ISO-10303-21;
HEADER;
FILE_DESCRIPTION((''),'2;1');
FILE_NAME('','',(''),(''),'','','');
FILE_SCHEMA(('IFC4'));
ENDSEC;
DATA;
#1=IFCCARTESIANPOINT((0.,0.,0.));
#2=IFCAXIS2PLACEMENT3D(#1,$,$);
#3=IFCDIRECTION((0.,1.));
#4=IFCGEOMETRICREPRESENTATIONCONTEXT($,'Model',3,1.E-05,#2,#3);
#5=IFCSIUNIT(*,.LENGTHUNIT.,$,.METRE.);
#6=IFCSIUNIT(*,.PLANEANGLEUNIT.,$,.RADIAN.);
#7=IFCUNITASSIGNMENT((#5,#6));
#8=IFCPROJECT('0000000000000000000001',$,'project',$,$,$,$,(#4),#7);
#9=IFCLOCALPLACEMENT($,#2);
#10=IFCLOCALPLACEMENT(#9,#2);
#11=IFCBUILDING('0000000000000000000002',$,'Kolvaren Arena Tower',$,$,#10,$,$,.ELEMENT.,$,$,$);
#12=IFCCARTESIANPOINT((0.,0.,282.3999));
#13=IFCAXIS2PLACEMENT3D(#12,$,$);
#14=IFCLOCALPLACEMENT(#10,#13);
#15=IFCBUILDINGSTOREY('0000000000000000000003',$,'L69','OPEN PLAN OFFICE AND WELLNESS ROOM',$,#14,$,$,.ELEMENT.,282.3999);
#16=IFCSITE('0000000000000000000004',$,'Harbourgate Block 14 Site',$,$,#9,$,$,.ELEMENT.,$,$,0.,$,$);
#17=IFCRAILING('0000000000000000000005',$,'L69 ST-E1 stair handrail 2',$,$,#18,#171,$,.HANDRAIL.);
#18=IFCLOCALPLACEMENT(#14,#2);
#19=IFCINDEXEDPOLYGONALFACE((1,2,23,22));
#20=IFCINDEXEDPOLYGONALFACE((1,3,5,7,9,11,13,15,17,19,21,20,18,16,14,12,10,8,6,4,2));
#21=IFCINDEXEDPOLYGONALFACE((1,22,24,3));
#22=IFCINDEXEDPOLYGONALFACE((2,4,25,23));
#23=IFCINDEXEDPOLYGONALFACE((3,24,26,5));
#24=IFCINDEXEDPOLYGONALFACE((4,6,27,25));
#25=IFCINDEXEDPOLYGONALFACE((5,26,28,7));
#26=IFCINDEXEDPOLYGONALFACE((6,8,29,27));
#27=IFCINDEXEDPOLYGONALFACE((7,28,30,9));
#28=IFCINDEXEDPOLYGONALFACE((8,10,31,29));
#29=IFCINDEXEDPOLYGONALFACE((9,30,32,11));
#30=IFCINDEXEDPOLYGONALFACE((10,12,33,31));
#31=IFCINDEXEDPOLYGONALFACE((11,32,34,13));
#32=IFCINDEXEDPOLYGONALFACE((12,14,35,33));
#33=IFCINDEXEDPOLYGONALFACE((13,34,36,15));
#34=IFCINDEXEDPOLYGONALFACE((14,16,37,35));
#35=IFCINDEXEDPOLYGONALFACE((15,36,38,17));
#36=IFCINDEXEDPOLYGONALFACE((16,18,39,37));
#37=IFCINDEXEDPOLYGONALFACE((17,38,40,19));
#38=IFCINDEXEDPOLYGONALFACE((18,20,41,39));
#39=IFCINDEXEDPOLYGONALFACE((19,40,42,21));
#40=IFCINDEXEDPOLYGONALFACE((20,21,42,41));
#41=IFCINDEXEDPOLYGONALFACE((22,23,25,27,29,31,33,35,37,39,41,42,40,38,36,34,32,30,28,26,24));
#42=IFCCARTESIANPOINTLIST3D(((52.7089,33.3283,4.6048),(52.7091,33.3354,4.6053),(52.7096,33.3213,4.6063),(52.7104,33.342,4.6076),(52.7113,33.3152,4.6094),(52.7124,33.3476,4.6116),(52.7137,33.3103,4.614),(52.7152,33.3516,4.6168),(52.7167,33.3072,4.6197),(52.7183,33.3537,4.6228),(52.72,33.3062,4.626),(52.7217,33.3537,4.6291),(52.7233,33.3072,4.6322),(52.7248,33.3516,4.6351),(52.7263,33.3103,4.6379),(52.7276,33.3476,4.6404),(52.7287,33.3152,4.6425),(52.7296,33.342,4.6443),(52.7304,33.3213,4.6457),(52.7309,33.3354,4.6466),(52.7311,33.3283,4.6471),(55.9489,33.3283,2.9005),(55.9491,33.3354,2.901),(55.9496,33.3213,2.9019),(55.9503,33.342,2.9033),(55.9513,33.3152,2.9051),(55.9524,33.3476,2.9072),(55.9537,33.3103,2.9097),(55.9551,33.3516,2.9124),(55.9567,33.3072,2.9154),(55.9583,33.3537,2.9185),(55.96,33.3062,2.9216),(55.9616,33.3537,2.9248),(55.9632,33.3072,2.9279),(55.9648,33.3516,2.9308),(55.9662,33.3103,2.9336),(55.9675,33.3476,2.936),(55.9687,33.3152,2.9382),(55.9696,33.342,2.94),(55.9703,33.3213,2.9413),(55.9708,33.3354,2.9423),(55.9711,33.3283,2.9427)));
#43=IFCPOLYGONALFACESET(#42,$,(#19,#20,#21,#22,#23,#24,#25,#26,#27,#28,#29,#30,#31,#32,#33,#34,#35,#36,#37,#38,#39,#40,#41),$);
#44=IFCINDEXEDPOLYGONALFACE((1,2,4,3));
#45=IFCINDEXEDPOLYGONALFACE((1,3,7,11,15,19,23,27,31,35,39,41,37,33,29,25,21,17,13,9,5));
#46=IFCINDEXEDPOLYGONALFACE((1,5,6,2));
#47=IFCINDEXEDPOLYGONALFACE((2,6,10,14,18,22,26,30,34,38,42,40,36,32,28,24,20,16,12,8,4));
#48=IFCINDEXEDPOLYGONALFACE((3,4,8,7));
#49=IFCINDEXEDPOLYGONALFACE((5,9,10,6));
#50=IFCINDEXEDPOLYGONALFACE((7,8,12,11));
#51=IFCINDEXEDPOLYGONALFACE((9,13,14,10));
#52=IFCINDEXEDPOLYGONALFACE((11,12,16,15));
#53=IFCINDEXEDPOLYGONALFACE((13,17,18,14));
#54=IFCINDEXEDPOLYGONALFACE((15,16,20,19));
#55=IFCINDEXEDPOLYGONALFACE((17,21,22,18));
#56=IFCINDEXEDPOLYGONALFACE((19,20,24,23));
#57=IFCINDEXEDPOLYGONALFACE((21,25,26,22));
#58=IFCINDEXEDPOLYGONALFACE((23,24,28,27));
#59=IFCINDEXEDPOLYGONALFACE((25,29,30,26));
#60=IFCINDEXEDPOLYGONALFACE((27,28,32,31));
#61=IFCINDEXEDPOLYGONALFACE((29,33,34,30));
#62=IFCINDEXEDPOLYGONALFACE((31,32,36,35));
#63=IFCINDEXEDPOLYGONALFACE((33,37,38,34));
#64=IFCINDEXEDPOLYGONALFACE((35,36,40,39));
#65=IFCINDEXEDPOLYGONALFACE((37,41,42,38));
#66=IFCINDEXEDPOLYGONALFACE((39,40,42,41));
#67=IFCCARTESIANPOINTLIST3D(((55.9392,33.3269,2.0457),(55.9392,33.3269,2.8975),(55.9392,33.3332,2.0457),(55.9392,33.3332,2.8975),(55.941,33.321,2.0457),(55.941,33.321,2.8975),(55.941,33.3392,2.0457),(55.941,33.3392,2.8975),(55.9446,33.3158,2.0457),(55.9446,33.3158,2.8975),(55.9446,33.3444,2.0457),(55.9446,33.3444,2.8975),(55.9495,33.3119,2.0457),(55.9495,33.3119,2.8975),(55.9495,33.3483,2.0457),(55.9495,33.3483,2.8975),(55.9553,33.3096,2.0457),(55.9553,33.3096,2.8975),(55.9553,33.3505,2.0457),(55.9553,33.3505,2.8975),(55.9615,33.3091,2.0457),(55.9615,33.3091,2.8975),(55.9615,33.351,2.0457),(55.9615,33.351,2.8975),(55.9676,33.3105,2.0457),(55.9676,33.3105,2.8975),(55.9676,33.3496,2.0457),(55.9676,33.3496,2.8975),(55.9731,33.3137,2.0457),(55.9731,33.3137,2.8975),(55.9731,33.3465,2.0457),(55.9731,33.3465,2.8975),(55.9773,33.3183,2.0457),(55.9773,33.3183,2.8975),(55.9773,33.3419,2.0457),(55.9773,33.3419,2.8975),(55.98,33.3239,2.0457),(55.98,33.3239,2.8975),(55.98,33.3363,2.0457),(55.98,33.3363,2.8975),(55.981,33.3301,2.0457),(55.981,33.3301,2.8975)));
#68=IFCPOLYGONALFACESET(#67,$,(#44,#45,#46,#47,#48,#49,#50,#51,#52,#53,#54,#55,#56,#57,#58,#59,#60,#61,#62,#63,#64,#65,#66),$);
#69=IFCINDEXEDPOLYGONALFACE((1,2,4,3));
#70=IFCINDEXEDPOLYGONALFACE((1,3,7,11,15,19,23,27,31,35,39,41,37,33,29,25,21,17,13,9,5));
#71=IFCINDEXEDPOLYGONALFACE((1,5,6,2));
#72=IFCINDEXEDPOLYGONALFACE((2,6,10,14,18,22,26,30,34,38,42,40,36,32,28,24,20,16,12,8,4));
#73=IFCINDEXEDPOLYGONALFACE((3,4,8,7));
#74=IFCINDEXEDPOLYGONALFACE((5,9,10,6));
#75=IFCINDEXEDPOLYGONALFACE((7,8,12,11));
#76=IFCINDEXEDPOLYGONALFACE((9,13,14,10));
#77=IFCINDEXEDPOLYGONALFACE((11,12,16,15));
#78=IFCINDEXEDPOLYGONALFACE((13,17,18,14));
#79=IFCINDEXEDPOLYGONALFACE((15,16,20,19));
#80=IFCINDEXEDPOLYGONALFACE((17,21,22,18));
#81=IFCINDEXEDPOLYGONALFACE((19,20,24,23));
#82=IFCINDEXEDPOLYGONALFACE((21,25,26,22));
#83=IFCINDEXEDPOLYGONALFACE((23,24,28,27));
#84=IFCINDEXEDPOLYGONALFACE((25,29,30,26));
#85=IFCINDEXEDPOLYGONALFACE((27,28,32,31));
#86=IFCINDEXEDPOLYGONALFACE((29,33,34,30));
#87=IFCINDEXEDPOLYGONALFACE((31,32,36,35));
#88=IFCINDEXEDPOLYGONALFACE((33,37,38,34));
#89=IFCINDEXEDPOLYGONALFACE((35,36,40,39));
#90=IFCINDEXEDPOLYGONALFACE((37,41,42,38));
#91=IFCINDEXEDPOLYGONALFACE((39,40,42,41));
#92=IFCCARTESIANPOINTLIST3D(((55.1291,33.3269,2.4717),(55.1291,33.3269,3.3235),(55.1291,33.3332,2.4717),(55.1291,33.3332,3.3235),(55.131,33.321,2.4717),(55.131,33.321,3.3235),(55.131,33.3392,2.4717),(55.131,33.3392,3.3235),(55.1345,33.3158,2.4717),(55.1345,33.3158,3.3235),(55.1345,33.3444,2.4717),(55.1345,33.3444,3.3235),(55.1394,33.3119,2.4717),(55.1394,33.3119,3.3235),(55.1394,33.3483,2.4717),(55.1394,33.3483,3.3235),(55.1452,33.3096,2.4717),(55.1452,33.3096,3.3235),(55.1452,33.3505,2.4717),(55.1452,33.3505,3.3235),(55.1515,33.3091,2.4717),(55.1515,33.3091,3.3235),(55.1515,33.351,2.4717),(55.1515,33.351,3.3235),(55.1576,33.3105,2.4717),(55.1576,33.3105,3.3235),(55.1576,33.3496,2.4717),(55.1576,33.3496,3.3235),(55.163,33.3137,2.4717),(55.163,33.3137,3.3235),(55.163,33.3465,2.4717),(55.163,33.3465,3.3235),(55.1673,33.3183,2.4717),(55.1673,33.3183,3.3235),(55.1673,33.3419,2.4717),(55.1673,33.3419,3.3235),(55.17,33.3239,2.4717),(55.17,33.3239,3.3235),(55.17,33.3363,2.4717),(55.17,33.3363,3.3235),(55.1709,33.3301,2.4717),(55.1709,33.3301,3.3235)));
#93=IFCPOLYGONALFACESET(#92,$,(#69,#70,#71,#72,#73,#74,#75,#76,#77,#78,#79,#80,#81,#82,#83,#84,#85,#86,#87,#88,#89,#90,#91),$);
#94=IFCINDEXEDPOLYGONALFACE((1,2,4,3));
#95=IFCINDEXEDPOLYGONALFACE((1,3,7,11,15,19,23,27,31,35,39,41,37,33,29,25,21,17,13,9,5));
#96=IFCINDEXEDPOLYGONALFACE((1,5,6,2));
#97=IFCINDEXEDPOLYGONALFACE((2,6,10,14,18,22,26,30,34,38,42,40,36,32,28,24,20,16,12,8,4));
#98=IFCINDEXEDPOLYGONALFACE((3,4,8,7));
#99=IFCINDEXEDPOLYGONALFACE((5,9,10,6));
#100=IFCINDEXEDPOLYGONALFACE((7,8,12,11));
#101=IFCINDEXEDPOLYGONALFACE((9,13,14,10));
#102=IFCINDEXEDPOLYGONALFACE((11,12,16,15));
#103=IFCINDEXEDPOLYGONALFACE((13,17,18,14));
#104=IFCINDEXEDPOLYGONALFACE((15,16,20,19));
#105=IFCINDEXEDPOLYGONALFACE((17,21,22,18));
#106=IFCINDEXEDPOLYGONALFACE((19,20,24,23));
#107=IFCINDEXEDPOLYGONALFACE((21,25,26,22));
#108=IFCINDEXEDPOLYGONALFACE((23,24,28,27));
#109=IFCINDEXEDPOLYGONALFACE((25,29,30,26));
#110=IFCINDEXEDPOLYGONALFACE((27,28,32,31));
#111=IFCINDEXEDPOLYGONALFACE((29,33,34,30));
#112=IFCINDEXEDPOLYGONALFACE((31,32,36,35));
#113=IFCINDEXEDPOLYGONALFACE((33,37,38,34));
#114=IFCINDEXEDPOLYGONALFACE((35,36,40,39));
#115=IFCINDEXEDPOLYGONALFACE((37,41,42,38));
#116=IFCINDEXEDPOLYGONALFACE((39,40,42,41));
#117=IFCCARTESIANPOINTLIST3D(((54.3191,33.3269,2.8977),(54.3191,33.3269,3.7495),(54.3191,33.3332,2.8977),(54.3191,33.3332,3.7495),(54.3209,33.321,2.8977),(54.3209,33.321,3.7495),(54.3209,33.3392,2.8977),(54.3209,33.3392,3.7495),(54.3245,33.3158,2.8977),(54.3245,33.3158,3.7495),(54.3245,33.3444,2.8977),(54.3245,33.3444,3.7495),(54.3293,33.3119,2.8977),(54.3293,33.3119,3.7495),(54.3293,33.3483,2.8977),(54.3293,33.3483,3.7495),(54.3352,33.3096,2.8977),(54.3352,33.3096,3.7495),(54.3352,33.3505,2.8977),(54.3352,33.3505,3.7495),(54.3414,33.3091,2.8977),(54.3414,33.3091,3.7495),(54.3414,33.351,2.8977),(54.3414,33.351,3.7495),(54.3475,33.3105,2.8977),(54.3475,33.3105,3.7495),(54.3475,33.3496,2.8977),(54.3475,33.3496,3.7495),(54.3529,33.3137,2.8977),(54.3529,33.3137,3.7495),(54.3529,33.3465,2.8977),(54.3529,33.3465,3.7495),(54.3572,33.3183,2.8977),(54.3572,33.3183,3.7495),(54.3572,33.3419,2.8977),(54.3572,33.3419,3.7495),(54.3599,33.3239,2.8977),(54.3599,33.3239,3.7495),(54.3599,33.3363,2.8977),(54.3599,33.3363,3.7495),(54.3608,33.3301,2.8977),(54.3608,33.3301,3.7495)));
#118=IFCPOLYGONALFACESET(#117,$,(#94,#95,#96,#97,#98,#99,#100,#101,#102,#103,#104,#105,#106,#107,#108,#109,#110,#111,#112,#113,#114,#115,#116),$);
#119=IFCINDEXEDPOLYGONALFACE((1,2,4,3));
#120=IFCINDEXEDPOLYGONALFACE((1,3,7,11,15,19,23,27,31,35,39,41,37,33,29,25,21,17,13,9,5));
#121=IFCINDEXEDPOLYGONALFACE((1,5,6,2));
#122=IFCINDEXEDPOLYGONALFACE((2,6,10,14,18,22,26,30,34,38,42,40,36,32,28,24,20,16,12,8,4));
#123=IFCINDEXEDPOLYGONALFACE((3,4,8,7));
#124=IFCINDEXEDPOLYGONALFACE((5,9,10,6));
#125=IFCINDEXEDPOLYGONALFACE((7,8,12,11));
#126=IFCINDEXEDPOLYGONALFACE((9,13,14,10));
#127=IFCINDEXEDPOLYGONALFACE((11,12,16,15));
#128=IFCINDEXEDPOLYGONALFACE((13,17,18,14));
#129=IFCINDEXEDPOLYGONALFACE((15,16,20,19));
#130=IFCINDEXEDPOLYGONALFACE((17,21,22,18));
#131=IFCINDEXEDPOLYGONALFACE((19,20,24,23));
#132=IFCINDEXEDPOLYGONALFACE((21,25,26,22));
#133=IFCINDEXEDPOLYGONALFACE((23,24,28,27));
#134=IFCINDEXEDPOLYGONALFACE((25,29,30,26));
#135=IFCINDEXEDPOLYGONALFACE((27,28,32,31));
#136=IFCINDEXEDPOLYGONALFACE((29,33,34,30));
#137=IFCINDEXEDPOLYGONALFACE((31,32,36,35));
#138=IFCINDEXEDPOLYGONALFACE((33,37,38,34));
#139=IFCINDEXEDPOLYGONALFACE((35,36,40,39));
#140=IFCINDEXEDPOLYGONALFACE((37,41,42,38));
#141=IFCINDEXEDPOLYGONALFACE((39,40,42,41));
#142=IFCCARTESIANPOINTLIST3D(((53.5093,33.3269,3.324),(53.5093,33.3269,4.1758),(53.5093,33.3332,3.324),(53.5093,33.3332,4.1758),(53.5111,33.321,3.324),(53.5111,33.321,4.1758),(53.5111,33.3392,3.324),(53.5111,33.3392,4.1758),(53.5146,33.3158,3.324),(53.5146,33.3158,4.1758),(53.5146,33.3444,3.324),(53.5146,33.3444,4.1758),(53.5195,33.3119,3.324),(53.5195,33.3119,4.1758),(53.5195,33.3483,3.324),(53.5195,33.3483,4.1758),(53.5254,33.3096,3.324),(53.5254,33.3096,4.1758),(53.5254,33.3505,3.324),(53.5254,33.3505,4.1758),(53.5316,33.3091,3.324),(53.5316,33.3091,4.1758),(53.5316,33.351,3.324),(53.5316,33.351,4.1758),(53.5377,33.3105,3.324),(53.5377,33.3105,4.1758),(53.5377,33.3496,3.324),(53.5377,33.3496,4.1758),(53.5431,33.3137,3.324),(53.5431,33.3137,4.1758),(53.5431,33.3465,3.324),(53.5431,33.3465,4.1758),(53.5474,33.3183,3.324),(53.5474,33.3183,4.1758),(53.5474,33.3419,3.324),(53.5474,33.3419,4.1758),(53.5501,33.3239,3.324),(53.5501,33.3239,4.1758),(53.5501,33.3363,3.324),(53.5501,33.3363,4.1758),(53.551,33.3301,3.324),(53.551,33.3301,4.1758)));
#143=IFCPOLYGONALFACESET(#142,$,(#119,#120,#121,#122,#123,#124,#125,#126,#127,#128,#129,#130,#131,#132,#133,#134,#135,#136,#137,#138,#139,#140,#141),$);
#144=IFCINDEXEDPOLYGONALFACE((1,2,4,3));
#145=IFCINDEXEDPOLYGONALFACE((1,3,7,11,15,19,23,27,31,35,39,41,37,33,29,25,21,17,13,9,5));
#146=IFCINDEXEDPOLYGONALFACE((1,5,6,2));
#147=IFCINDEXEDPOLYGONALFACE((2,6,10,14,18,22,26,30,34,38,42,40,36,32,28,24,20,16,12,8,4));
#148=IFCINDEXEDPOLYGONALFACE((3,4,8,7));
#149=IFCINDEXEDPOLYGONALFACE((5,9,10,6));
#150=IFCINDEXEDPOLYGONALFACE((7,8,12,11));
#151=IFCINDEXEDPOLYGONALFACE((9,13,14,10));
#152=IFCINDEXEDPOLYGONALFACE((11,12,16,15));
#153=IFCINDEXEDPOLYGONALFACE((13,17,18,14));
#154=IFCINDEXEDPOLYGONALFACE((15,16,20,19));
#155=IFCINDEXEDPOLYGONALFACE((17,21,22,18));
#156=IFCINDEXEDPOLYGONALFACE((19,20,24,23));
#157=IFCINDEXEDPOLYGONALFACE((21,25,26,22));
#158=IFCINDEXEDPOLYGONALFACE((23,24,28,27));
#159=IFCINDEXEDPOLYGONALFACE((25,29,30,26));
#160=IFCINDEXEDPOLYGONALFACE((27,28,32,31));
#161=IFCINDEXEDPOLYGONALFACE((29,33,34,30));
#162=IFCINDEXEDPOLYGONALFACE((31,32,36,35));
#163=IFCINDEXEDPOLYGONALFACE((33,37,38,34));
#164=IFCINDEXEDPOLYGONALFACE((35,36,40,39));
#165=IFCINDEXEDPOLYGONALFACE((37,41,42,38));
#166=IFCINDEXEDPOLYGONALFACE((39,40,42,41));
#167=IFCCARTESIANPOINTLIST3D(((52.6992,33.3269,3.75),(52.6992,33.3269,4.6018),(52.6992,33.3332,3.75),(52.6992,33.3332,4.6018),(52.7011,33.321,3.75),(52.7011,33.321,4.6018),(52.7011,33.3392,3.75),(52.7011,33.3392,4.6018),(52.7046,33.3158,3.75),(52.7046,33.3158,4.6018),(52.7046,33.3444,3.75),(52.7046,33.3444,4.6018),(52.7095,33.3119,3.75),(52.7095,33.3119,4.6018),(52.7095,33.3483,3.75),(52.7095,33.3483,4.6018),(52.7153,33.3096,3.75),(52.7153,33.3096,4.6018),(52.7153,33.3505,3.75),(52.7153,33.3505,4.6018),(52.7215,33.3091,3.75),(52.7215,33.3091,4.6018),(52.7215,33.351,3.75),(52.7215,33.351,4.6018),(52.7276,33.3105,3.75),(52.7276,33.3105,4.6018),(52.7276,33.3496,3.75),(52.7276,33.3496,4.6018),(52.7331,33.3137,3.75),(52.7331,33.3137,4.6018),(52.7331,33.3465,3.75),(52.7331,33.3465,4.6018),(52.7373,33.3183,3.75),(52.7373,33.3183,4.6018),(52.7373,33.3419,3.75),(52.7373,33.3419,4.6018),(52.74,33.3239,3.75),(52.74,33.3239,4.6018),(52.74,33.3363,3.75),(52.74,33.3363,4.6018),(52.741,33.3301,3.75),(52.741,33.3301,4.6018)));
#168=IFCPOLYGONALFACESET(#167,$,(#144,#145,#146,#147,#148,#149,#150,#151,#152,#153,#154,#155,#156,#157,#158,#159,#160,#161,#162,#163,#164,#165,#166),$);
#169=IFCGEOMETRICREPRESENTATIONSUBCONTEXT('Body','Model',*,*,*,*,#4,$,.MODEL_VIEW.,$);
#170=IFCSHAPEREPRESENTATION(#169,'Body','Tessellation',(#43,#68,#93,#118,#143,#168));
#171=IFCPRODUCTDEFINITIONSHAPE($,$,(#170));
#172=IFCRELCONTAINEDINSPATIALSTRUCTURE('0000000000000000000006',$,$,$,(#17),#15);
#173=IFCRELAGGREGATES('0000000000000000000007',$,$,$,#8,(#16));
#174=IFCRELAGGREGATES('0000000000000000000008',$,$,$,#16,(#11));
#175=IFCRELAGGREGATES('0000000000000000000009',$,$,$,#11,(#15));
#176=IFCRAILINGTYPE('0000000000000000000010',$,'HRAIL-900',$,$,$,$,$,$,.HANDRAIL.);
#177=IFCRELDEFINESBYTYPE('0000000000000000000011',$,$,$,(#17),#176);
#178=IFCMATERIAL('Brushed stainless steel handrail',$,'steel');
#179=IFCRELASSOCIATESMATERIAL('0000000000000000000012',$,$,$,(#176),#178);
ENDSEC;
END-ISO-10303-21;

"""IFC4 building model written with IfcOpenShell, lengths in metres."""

from ifc_helpers import new_model, si_unit, direction, frame, origin, origin_2d, place, context, subcontext, project, spatial, circle, extrude, material, type_object, element, save


model = new_model("IFC4")

# Units and contexts
model_context = context("Model", 3, precision=1e-05, world=origin(), true_north=direction((0.0, 1.0)))
body_context = subcontext(model_context, "Body", "Model", "MODEL_VIEW")
ifc_project = project(units=[si_unit("LENGTHUNIT", "METRE"), si_unit("PLANEANGLEUNIT", "RADIAN")], contexts=[model_context])

# Site, building, storey
site_placement = place(None, origin())
site = spatial("IfcSite", under=ifc_project, at=site_placement, Name="Harbourgate Block 14 Site", CompositionType="ELEMENT", RefElevation=0.0)
building_placement = place(site_placement, origin())
building = spatial("IfcBuilding", under=site, at=building_placement, Name="Kolvaren Arena Tower", CompositionType="ELEMENT")
storey_placement = place(building_placement, frame((0.0, 0.0, 282.3999)))
storey = spatial("IfcBuildingStorey", under=building, at=storey_placement, Name="L69", Description="OPEN PLAN OFFICE AND WELLNESS ROOM", CompositionType="ELEMENT", Elevation=282.3999)

# Railing
ifc_material_1 = material(Name="Brushed stainless steel handrail", Category="steel")
railing_type_1 = type_object("IfcRailingType", Name="HRAIL-900", PredefinedType="HANDRAIL", material=ifc_material_1)
for number, where, name in (
    (1, (55.96, 33.3301, 2.0457), "L69 ST-E1 stair handrail 2"),
):
    element("IfcRailing", number, at=place(storey_placement, frame(where)), inside=storey, type_object=railing_type_1, Name=name, PredefinedType="HANDRAIL", context=body_context, shape_type="SweptSolid", body=[
        extrude(circle(Radius=0.0239, at=origin_2d()), frame((0.0, 0.0, 0.876), z_axis=(-0.885021, 0.0, 0.465551), x_axis=(0.0, -1.0, 0.0)), (0.0, 0.0, 1.0), 3.6609),
        extrude(circle(Radius=0.021, at=origin_2d()), origin(), (0.0, 0.0, 1.0), 0.8518),
        extrude(circle(Radius=0.021, at=origin_2d()), frame((-0.8101, 0.0, 0.426)), (0.0, 0.0, 1.0), 0.8518),
        extrude(circle(Radius=0.021, at=origin_2d()), frame((-1.6201, 0.0, 0.8521)), (0.0, 0.0, 1.0), 0.8518),
        extrude(circle(Radius=0.021, at=origin_2d()), frame((-2.4299, 0.0, 1.2783)), (0.0, 0.0, 1.0), 0.8518),
        extrude(circle(Radius=0.021, at=origin_2d()), frame((-3.24, 0.0, 1.7043)), (0.0, 0.0, 1.0), 0.8518),
    ])

save(model, "model.ifc")
